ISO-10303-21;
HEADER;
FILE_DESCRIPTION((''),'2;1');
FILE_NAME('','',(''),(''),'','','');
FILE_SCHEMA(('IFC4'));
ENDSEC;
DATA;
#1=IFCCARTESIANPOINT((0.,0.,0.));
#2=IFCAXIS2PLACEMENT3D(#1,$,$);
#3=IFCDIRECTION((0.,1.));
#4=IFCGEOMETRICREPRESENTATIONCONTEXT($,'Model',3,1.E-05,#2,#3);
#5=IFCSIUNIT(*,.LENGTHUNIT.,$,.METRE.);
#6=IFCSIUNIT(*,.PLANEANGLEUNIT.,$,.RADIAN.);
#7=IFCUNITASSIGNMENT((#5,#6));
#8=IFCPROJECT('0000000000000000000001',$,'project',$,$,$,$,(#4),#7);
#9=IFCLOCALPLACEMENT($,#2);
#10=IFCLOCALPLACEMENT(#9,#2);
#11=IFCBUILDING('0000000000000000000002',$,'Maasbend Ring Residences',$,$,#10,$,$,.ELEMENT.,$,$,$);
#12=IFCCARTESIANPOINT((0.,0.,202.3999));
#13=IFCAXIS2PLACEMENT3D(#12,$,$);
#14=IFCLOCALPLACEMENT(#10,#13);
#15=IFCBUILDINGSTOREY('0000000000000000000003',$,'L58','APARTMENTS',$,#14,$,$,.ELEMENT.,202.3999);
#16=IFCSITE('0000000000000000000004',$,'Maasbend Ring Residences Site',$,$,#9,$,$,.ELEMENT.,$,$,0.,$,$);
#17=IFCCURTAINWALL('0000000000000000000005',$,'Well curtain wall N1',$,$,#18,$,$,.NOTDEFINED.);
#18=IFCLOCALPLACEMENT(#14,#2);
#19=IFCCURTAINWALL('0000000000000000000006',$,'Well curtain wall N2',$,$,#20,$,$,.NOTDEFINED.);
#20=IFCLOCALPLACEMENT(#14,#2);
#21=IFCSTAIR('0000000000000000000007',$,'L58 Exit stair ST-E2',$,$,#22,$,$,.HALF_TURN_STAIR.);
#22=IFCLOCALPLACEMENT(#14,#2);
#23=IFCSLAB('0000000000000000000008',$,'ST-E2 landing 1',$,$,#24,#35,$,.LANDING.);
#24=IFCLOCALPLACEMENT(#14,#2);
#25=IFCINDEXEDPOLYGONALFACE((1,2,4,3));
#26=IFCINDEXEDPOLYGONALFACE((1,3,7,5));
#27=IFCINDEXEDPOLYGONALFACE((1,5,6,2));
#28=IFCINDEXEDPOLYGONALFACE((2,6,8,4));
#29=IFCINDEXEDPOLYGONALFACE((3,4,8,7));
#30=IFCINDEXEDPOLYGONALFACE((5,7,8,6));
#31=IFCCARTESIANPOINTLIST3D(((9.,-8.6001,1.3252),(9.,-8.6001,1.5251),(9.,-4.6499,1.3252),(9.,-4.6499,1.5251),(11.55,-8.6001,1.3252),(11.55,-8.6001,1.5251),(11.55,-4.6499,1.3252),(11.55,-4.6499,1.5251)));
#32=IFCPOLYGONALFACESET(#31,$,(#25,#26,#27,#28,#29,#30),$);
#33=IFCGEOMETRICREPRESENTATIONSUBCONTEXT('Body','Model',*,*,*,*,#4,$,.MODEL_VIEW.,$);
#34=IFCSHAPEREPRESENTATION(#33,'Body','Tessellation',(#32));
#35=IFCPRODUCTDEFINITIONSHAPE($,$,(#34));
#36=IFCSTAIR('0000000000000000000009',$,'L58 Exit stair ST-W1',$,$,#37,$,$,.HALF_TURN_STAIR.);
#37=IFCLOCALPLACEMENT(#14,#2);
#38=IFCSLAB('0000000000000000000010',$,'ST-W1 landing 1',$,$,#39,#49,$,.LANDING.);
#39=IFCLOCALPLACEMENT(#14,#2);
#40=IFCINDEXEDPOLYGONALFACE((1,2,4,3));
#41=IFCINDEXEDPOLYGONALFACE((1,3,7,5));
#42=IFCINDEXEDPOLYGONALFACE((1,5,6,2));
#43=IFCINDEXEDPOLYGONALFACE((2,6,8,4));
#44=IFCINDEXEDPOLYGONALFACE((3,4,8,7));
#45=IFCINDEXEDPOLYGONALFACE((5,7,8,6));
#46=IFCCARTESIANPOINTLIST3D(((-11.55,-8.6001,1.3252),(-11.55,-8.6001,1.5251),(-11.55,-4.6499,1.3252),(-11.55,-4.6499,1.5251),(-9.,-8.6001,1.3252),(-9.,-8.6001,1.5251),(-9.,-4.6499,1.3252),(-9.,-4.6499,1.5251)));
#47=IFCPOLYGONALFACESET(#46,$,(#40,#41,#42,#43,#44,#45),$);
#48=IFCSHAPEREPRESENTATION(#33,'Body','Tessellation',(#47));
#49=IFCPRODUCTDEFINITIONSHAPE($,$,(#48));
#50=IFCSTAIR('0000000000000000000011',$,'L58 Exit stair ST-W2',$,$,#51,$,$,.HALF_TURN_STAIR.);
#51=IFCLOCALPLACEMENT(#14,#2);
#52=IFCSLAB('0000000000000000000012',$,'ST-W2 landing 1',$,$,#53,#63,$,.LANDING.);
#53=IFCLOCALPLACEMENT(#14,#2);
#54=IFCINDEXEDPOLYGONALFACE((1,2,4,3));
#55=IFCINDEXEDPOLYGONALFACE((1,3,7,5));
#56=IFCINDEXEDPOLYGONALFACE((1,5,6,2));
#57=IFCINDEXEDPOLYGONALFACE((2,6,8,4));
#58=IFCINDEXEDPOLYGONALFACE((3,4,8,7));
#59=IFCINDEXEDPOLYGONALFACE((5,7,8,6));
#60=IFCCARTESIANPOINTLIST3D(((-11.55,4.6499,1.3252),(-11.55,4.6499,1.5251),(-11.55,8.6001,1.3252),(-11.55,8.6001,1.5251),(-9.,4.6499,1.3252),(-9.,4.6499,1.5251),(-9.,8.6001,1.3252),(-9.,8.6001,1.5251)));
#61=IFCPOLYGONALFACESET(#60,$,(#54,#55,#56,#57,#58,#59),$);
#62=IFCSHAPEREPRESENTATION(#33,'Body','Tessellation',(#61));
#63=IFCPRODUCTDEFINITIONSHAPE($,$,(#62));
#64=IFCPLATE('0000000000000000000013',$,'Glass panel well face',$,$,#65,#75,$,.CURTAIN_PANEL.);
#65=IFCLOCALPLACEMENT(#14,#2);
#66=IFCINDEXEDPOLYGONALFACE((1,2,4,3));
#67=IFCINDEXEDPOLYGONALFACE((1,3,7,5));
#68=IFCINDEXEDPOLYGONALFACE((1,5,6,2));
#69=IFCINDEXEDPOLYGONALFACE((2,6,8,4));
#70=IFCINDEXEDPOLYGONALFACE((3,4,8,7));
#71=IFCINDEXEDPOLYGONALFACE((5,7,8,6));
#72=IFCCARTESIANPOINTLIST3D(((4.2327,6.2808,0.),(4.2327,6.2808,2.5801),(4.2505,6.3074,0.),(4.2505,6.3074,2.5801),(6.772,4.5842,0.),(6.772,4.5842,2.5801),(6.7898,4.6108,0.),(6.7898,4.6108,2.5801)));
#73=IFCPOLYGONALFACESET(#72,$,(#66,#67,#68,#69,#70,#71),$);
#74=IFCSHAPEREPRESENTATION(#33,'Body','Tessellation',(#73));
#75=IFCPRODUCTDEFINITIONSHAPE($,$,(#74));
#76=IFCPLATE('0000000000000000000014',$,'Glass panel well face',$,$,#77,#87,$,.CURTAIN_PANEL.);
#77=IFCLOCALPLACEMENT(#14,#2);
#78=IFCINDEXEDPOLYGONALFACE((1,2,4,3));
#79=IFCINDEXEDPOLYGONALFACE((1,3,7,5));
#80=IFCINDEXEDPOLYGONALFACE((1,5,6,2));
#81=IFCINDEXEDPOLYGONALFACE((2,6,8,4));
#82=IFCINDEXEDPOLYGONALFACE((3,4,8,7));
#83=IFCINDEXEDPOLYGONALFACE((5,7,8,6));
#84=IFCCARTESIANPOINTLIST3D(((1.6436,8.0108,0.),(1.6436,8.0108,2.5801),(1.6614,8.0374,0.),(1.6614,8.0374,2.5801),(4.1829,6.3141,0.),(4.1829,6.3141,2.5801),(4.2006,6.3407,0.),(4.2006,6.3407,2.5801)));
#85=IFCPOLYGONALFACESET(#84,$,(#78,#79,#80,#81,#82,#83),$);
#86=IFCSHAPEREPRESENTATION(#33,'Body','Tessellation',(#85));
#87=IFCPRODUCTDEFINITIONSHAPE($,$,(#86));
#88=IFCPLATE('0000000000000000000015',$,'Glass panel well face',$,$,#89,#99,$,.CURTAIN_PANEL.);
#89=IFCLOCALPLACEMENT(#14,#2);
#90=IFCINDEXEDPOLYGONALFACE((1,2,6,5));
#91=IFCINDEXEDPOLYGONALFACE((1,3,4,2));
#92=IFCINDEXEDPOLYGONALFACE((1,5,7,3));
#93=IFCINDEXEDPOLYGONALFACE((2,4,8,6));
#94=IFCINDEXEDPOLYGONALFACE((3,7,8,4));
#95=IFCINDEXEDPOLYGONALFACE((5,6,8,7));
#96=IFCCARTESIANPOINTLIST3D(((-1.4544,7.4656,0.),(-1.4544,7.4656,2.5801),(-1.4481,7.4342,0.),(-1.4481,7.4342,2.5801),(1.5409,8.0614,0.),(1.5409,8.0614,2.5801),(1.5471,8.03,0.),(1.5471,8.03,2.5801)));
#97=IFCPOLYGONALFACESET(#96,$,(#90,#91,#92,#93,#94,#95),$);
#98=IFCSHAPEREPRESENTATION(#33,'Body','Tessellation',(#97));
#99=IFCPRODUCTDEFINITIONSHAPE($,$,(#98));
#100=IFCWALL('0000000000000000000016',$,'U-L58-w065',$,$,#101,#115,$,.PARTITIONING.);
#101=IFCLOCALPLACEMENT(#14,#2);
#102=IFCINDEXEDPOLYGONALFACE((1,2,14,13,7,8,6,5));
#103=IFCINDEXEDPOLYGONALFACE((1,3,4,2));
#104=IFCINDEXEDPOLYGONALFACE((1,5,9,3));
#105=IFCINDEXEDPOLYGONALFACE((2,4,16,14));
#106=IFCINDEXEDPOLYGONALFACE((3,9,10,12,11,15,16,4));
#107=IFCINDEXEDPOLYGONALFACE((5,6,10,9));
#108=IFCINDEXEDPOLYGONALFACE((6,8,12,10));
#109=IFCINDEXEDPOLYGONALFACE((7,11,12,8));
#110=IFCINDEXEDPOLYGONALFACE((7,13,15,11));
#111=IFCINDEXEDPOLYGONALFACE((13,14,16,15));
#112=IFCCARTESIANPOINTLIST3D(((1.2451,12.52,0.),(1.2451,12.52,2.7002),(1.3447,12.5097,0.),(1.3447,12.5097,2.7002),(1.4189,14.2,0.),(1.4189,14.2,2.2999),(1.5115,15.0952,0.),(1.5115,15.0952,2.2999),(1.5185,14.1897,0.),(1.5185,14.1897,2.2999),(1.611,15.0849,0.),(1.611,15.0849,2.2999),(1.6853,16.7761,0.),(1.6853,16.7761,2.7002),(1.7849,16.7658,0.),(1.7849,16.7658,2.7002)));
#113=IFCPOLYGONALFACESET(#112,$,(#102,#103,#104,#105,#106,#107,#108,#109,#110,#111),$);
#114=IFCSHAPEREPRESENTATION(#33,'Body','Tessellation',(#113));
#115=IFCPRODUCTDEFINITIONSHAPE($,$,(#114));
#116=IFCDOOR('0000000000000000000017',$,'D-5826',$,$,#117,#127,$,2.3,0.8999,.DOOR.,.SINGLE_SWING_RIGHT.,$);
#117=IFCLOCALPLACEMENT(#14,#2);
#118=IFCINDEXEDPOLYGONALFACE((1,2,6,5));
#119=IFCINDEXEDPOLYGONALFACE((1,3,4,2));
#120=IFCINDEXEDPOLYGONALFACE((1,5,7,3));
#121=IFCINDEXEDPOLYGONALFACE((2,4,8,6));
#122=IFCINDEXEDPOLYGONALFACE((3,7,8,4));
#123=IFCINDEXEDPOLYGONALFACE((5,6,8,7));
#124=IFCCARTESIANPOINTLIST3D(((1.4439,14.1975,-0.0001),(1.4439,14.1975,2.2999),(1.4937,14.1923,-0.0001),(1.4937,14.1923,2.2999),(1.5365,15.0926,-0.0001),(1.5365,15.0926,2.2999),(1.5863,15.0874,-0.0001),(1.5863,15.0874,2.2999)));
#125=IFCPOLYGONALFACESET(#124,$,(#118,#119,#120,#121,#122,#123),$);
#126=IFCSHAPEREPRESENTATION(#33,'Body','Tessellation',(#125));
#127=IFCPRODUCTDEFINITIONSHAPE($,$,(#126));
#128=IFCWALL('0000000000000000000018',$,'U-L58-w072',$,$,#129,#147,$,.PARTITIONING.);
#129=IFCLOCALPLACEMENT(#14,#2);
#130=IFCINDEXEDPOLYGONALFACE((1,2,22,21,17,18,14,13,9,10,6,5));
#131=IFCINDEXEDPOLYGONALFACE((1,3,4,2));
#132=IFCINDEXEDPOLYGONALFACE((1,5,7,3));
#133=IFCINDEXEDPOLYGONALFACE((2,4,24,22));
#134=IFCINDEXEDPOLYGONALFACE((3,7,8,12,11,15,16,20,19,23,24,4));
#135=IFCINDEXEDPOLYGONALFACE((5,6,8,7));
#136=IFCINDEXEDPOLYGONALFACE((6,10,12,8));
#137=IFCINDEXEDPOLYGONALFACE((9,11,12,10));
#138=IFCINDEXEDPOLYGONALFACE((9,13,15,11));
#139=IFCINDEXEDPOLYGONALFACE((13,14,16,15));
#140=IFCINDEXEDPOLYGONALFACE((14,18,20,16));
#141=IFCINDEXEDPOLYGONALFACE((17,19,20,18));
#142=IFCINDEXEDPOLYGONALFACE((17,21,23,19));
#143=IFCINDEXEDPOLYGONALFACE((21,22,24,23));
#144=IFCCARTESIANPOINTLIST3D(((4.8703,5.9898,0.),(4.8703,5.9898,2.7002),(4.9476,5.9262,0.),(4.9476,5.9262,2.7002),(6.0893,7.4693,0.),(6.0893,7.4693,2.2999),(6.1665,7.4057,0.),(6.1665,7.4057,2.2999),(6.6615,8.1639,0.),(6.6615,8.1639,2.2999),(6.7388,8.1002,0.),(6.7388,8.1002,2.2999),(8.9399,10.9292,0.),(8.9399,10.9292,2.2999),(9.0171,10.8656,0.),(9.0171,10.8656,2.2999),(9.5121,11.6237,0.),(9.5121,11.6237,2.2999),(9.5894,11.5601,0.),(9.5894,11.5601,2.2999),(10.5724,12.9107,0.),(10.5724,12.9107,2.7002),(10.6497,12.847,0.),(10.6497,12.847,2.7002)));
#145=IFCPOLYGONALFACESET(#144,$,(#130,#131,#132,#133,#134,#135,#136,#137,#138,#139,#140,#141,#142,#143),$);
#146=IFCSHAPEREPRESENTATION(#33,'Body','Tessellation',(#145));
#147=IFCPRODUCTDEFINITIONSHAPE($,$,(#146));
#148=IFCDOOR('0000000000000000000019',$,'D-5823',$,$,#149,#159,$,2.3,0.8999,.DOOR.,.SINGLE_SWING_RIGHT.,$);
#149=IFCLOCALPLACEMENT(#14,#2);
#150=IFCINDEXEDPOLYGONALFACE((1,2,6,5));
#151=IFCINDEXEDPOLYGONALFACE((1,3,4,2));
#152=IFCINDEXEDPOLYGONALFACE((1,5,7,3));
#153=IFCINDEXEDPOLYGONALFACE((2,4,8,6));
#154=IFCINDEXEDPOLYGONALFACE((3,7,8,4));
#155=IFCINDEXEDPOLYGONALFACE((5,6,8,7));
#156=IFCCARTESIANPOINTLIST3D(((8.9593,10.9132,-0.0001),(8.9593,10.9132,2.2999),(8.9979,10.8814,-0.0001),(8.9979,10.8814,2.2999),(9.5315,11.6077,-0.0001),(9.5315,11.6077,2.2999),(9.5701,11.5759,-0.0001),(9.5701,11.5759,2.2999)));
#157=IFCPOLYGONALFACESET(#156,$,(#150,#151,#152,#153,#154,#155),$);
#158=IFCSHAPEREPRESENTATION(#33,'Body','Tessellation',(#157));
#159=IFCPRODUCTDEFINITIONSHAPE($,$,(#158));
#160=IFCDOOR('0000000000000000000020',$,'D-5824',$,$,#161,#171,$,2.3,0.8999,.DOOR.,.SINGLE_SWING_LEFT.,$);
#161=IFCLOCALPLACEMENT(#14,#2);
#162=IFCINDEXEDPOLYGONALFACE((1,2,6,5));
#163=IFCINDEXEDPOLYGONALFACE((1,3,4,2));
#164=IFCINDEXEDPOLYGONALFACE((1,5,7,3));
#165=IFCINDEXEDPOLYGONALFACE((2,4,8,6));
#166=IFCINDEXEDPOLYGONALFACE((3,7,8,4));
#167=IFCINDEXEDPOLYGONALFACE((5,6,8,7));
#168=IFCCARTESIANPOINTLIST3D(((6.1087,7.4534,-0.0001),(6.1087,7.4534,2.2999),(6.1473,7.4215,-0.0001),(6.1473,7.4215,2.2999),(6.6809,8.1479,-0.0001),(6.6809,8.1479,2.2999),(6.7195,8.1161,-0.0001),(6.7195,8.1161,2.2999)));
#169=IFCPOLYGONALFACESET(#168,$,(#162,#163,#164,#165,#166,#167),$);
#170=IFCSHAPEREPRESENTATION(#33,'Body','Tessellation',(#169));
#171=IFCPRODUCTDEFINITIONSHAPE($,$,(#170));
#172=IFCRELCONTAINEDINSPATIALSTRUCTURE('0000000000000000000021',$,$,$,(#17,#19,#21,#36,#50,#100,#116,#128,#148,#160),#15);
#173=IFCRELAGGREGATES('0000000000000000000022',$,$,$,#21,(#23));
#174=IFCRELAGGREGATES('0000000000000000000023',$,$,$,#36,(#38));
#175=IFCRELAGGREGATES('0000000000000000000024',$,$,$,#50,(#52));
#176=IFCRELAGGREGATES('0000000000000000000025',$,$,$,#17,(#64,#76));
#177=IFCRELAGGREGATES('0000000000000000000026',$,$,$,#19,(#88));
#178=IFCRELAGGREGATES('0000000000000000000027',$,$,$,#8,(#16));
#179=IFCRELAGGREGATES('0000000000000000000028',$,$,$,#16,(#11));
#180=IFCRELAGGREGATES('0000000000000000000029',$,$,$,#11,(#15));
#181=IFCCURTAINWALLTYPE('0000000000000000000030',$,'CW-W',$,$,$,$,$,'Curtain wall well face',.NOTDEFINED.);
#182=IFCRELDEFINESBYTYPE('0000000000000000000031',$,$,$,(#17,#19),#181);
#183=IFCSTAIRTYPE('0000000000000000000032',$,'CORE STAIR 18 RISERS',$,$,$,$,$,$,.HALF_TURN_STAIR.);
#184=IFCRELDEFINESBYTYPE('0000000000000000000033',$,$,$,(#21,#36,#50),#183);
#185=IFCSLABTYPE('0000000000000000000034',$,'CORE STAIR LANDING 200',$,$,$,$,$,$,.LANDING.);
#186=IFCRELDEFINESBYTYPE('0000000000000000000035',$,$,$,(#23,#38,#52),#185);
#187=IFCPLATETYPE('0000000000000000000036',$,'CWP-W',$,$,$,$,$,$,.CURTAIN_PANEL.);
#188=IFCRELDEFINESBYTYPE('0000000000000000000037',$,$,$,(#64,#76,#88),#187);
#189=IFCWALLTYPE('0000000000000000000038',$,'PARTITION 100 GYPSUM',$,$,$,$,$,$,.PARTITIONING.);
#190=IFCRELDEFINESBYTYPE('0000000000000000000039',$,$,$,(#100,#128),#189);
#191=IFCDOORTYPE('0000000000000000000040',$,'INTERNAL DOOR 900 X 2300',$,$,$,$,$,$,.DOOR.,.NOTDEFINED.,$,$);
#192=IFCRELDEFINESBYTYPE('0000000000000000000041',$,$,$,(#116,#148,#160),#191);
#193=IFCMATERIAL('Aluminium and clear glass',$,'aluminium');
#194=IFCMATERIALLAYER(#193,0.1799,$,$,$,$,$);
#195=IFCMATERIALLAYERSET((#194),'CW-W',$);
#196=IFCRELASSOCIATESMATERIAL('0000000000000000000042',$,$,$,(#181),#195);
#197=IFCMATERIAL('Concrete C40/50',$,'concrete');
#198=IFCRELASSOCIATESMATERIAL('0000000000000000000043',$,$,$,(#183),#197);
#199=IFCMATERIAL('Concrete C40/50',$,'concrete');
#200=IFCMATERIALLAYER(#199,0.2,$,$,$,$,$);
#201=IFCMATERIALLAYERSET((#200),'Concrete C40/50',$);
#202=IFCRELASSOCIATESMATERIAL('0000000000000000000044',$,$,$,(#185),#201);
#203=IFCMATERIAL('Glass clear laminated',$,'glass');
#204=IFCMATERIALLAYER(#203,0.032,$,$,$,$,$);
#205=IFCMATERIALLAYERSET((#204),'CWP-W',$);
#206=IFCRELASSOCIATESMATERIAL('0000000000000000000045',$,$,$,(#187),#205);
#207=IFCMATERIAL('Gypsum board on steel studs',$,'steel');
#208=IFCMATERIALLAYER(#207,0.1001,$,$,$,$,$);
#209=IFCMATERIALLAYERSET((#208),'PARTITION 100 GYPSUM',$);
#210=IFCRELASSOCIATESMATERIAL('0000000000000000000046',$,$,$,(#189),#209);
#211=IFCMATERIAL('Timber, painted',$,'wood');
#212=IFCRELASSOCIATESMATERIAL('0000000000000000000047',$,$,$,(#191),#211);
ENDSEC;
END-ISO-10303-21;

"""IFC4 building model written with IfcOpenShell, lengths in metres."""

from ifc_helpers import new_model, si_unit, direction, frame, frame_2d, origin, origin_2d, place, context, subcontext, project, spatial, polyline, rectangle, outline, extrude, material, layer, layer_set, type_object, element, fill, aggregate, save


model = new_model("IFC4")

# Units and contexts
model_context = context("Model", 3, precision=1e-05, world=origin(), true_north=direction((0.0, 1.0)))
body_context = subcontext(model_context, "Body", "Model", "MODEL_VIEW")
ifc_project = project(units=[si_unit("LENGTHUNIT", "METRE"), si_unit("PLANEANGLEUNIT", "RADIAN")], contexts=[model_context])

# Site, building, storey
site_placement = place(None, origin())
site = spatial("IfcSite", under=ifc_project, at=site_placement, Name="Maasbend Ring Residences Site", CompositionType="ELEMENT", RefElevation=0.0)
building_placement = place(site_placement, origin())
building = spatial("IfcBuilding", under=site, at=building_placement, Name="Maasbend Ring Residences", CompositionType="ELEMENT")
storey_placement = place(building_placement, frame((0.0, 0.0, 202.3999)))
storey = spatial("IfcBuildingStorey", under=building, at=storey_placement, Name="L58", Description="APARTMENTS", CompositionType="ELEMENT", Elevation=202.3999)

# Curtain wall
ifc_material_1 = material(Name="Aluminium and clear glass", Category="aluminium")
ifc_layer_1 = layer(ifc_material_1, 0.1799)
ifc_layer_set_1 = layer_set([ifc_layer_1], Name="CW-W")
curtain_wall_type = type_object("IfcCurtainWallType", Name="CW-W", ElementType="Curtain wall well face", PredefinedType="NOTDEFINED", material=ifc_layer_set_1)
curtain_wall_1_placement = place(storey_placement, origin())
curtain_wall_1 = element("IfcCurtainWall", 1, at=curtain_wall_1_placement, inside=storey, type_object=curtain_wall_type, Name="Well curtain wall N1", PredefinedType="NOTDEFINED")

# Curtain wall
curtain_wall_2_placement = place(storey_placement, origin())
curtain_wall_2 = element("IfcCurtainWall", 2, at=curtain_wall_2_placement, inside=storey, type_object=curtain_wall_type, Name="Well curtain wall N2", PredefinedType="NOTDEFINED")

# Stairs, slabs
ifc_material_2 = material(Name="Concrete C40/50", Category="concrete")
stair_type = type_object("IfcStairType", Name="CORE STAIR 18 RISERS", PredefinedType="HALF_TURN_STAIR", material=ifc_material_2)
ifc_material_3 = material(Name="Concrete C40/50", Category="concrete")
ifc_layer_2 = layer(ifc_material_3, 0.2)
ifc_layer_set_2 = layer_set([ifc_layer_2], Name="Concrete C40/50")
slab_type = type_object("IfcSlabType", Name="CORE STAIR LANDING 200", PredefinedType="LANDING", material=ifc_layer_set_2)
stair_1_placement = place(storey_placement, origin())
stair_1 = element("IfcStair", 3, at=stair_1_placement, inside=storey, type_object=stair_type, Name="L58 Exit stair ST-E2", PredefinedType="HALF_TURN_STAIR")
slab_1_placement = place(storey_placement, frame((0.0, 0.0, 1.3252)))
slab_1 = element("IfcSlab", 4, at=slab_1_placement, type_object=slab_type, Name="ST-E2 landing 1", PredefinedType="LANDING", context=body_context, shape_type="SweptSolid", body=[
    extrude(outline(polyline([(11.55, -4.6499), (9.0, -4.6499), (9.0, -8.6001), (11.55, -8.6001), (11.55, -4.6499)])), origin(), (0.0, 0.0, 1.0), 0.2),
])
aggregate(stair_1, [slab_1])
stair_2_placement = place(storey_placement, origin())
stair_2 = element("IfcStair", 5, at=stair_2_placement, inside=storey, type_object=stair_type, Name="L58 Exit stair ST-W1", PredefinedType="HALF_TURN_STAIR")
slab_2_placement = place(storey_placement, frame((0.0, 0.0, 1.3252)))
slab_2 = element("IfcSlab", 6, at=slab_2_placement, type_object=slab_type, Name="ST-W1 landing 1", PredefinedType="LANDING", context=body_context, shape_type="SweptSolid", body=[
    extrude(outline(polyline([(-11.55, -8.6001), (-9.0, -8.6001), (-9.0, -4.6499), (-11.55, -4.6499), (-11.55, -8.6001)])), origin(), (0.0, 0.0, 1.0), 0.2),
])
aggregate(stair_2, [slab_2])
stair_3_placement = place(storey_placement, origin())
stair_3 = element("IfcStair", 7, at=stair_3_placement, inside=storey, type_object=stair_type, Name="L58 Exit stair ST-W2", PredefinedType="HALF_TURN_STAIR")
slab_3_placement = place(storey_placement, frame((0.0, 0.0, 1.3252)))
slab_3 = element("IfcSlab", 8, at=slab_3_placement, type_object=slab_type, Name="ST-W2 landing 1", PredefinedType="LANDING", context=body_context, shape_type="SweptSolid", body=[
    extrude(outline(polyline([(-11.55, 4.6499), (-9.0, 4.6499), (-9.0, 8.6001), (-11.55, 8.6001), (-11.55, 4.6499)])), origin(), (0.0, 0.0, 1.0), 0.2),
])
aggregate(stair_3, [slab_3])

# Plates
ifc_material_4 = material(Name="Glass clear laminated", Category="glass")
ifc_layer_3 = layer(ifc_material_4, 0.032)
ifc_layer_set_3 = layer_set([ifc_layer_3], Name="CWP-W")
plate_type = type_object("IfcPlateType", Name="CWP-W", PredefinedType="CURTAIN_PANEL", material=ifc_layer_set_3)
plate_1_placement = place(storey_placement, frame((5.5112, 5.4458, 0.0), z_axis=(0.0, 0.0, 1.0), x_axis=(-0.83147, 0.55557, 0.0)))
plate_1 = element("IfcPlate", 9, at=plate_1_placement, type_object=plate_type, Name="Glass panel well face", PredefinedType="CURTAIN_PANEL", context=body_context, shape_type="SweptSolid", body=[
    extrude(rectangle(XDim=3.054, YDim=0.032, at=origin_2d()), origin(), (0.0, 0.0, 1.0), 2.5801),
])
plate_2_placement = place(storey_placement, frame((2.9221, 7.1758, 0.0), z_axis=(0.0, 0.0, 1.0), x_axis=(-0.83147, 0.55557, 0.0)))
plate_2 = element("IfcPlate", 10, at=plate_2_placement, type_object=plate_type, Name="Glass panel well face", PredefinedType="CURTAIN_PANEL", context=body_context, shape_type="SweptSolid", body=[
    extrude(rectangle(XDim=3.054, YDim=0.032, at=origin_2d()), origin(), (0.0, 0.0, 1.0), 2.5801),
])
aggregate(curtain_wall_1, [plate_1, plate_2])
plate_3_placement = place(storey_placement, frame((0.0464, 7.7478, 0.0), z_axis=(0.0, 0.0, 1.0), x_axis=(-0.980785, -0.19509, 0.0)))
plate_3 = element("IfcPlate", 11, at=plate_3_placement, type_object=plate_type, Name="Glass panel well face", PredefinedType="CURTAIN_PANEL", context=body_context, shape_type="SweptSolid", body=[
    extrude(rectangle(XDim=3.054, YDim=0.032, at=origin_2d()), origin(), (0.0, 0.0, 1.0), 2.5801),
])
aggregate(curtain_wall_2, [plate_3])

# Wall, opening, door
ifc_material_5 = material(Name="Gypsum board on steel studs", Category="steel")
ifc_layer_4 = layer(ifc_material_5, 0.1001)
ifc_layer_set_4 = layer_set([ifc_layer_4], Name="PARTITION 100 GYPSUM")
wall_type_1 = type_object("IfcWallType", Name="PARTITION 100 GYPSUM", PredefinedType="PARTITIONING", material=ifc_layer_set_4)
wall_1_placement = place(storey_placement, frame((1.2949, 12.5149, 0.0), z_axis=(0.0, 0.0, 1.0), x_axis=(0.102876, 0.994694, 0.0)))
wall_1 = element("IfcWall", 12, at=wall_1_placement, inside=storey, type_object=wall_type_1, Name="U-L58-w065", PredefinedType="PARTITIONING", context=body_context, shape_type="SweptSolid", body=[
    extrude(rectangle(XDim=4.2788, YDim=0.1001, at=frame_2d((2.1394, 0.0))), origin(), (0.0, 0.0, 1.0), 2.7002),
])
opening_1_placement = place(wall_1_placement, frame((1.689, 0.0, 0.0)))
opening_1 = element("IfcOpeningElement", 13, at=opening_1_placement, cuts=wall_1, PredefinedType="OPENING", context=body_context, shape_type="SweptSolid", body=[
    extrude(rectangle(XDim=0.8999, YDim=2.3, at=frame_2d((0.45, 1.1499))), frame((0.0, 0.0601, 0.0), z_axis=(0.0, -1.0, 0.0), x_axis=(1.0, 0.0, 0.0)), (0.0, 0.0, 1.0), 0.1201),
])
ifc_material_6 = material(Name="Timber, painted", Category="wood")
door_type = type_object("IfcDoorType", Name="INTERNAL DOOR 900 X 2300", OperationType="NOTDEFINED", PredefinedType="DOOR", material=ifc_material_6)
door_1_placement = place(opening_1_placement, origin())
door_1 = element("IfcDoor", 14, at=door_1_placement, inside=storey, type_object=door_type, Name="D-5826", OperationType="SINGLE_SWING_RIGHT", OverallHeight=2.3, OverallWidth=0.8999, PredefinedType="DOOR", context=body_context, shape_type="SweptSolid", body=[
    extrude(rectangle(XDim=0.8999, YDim=2.3, at=frame_2d((0.45, 1.1499))), frame((0.0, 0.0249, 0.0), z_axis=(0.0, -1.0, 0.0), x_axis=(1.0, 0.0, 0.0)), (0.0, 0.0, 1.0), 0.05),
])
fill(opening_1, door_1)

# Wall, openings, doors
wall_2_placement = place(storey_placement, frame((4.9089, 5.958, 0.0), z_axis=(0.0, 0.0, 1.0), x_axis=(0.635879, 0.771789, 0.0)))
wall_2 = element("IfcWall", 15, at=wall_2_placement, inside=storey, type_object=wall_type_1, Name="U-L58-w072", PredefinedType="PARTITIONING", context=body_context, shape_type="SweptSolid", body=[
    extrude(rectangle(XDim=8.9673, YDim=0.1001, at=frame_2d((4.4836, 0.0))), origin(), (0.0, 0.0, 1.0), 2.7002),
])
opening_2_placement = place(wall_2_placement, frame((6.3999, 0.0, 0.0)))
opening_2 = element("IfcOpeningElement", 16, at=opening_2_placement, cuts=wall_2, PredefinedType="OPENING", context=body_context, shape_type="SweptSolid", body=[
    extrude(rectangle(XDim=0.8999, YDim=2.3, at=frame_2d((0.45, 1.1499))), frame((0.0, 0.0601, 0.0), z_axis=(0.0, -1.0, 0.0), x_axis=(1.0, 0.0, 0.0)), (0.0, 0.0, 1.0), 0.1201),
])
opening_3_placement = place(wall_2_placement, frame((1.917, 0.0, 0.0)))
opening_3 = element("IfcOpeningElement", 17, at=opening_3_placement, cuts=wall_2, PredefinedType="OPENING", context=body_context, shape_type="SweptSolid", body=[
    extrude(rectangle(XDim=0.8999, YDim=2.3, at=frame_2d((0.45, 1.1499))), frame((0.0, 0.0601, 0.0), z_axis=(0.0, -1.0, 0.0), x_axis=(1.0, 0.0, 0.0)), (0.0, 0.0, 1.0), 0.1201),
])
door_2_placement = place(opening_2_placement, origin())
door_2 = element("IfcDoor", 18, at=door_2_placement, inside=storey, type_object=door_type, Name="D-5823", OperationType="SINGLE_SWING_RIGHT", OverallHeight=2.3, OverallWidth=0.8999, PredefinedType="DOOR", context=body_context, shape_type="SweptSolid", body=[
    extrude(rectangle(XDim=0.8999, YDim=2.3, at=frame_2d((0.45, 1.1499))), frame((0.0, 0.0249, 0.0), z_axis=(0.0, -1.0, 0.0), x_axis=(1.0, 0.0, 0.0)), (0.0, 0.0, 1.0), 0.05),
])
fill(opening_2, door_2)
door_3_placement = place(opening_3_placement, origin())
door_3 = element("IfcDoor", 19, at=door_3_placement, inside=storey, type_object=door_type, Name="D-5824", OperationType="SINGLE_SWING_LEFT", OverallHeight=2.3, OverallWidth=0.8999, PredefinedType="DOOR", context=body_context, shape_type="SweptSolid", body=[
    extrude(rectangle(XDim=0.8999, YDim=2.3, at=frame_2d((0.45, 1.1499))), frame((0.0, 0.0249, 0.0), z_axis=(0.0, -1.0, 0.0), x_axis=(1.0, 0.0, 0.0)), (0.0, 0.0, 1.0), 0.05),
])
fill(opening_3, door_3)

save(model, "model.ifc")
